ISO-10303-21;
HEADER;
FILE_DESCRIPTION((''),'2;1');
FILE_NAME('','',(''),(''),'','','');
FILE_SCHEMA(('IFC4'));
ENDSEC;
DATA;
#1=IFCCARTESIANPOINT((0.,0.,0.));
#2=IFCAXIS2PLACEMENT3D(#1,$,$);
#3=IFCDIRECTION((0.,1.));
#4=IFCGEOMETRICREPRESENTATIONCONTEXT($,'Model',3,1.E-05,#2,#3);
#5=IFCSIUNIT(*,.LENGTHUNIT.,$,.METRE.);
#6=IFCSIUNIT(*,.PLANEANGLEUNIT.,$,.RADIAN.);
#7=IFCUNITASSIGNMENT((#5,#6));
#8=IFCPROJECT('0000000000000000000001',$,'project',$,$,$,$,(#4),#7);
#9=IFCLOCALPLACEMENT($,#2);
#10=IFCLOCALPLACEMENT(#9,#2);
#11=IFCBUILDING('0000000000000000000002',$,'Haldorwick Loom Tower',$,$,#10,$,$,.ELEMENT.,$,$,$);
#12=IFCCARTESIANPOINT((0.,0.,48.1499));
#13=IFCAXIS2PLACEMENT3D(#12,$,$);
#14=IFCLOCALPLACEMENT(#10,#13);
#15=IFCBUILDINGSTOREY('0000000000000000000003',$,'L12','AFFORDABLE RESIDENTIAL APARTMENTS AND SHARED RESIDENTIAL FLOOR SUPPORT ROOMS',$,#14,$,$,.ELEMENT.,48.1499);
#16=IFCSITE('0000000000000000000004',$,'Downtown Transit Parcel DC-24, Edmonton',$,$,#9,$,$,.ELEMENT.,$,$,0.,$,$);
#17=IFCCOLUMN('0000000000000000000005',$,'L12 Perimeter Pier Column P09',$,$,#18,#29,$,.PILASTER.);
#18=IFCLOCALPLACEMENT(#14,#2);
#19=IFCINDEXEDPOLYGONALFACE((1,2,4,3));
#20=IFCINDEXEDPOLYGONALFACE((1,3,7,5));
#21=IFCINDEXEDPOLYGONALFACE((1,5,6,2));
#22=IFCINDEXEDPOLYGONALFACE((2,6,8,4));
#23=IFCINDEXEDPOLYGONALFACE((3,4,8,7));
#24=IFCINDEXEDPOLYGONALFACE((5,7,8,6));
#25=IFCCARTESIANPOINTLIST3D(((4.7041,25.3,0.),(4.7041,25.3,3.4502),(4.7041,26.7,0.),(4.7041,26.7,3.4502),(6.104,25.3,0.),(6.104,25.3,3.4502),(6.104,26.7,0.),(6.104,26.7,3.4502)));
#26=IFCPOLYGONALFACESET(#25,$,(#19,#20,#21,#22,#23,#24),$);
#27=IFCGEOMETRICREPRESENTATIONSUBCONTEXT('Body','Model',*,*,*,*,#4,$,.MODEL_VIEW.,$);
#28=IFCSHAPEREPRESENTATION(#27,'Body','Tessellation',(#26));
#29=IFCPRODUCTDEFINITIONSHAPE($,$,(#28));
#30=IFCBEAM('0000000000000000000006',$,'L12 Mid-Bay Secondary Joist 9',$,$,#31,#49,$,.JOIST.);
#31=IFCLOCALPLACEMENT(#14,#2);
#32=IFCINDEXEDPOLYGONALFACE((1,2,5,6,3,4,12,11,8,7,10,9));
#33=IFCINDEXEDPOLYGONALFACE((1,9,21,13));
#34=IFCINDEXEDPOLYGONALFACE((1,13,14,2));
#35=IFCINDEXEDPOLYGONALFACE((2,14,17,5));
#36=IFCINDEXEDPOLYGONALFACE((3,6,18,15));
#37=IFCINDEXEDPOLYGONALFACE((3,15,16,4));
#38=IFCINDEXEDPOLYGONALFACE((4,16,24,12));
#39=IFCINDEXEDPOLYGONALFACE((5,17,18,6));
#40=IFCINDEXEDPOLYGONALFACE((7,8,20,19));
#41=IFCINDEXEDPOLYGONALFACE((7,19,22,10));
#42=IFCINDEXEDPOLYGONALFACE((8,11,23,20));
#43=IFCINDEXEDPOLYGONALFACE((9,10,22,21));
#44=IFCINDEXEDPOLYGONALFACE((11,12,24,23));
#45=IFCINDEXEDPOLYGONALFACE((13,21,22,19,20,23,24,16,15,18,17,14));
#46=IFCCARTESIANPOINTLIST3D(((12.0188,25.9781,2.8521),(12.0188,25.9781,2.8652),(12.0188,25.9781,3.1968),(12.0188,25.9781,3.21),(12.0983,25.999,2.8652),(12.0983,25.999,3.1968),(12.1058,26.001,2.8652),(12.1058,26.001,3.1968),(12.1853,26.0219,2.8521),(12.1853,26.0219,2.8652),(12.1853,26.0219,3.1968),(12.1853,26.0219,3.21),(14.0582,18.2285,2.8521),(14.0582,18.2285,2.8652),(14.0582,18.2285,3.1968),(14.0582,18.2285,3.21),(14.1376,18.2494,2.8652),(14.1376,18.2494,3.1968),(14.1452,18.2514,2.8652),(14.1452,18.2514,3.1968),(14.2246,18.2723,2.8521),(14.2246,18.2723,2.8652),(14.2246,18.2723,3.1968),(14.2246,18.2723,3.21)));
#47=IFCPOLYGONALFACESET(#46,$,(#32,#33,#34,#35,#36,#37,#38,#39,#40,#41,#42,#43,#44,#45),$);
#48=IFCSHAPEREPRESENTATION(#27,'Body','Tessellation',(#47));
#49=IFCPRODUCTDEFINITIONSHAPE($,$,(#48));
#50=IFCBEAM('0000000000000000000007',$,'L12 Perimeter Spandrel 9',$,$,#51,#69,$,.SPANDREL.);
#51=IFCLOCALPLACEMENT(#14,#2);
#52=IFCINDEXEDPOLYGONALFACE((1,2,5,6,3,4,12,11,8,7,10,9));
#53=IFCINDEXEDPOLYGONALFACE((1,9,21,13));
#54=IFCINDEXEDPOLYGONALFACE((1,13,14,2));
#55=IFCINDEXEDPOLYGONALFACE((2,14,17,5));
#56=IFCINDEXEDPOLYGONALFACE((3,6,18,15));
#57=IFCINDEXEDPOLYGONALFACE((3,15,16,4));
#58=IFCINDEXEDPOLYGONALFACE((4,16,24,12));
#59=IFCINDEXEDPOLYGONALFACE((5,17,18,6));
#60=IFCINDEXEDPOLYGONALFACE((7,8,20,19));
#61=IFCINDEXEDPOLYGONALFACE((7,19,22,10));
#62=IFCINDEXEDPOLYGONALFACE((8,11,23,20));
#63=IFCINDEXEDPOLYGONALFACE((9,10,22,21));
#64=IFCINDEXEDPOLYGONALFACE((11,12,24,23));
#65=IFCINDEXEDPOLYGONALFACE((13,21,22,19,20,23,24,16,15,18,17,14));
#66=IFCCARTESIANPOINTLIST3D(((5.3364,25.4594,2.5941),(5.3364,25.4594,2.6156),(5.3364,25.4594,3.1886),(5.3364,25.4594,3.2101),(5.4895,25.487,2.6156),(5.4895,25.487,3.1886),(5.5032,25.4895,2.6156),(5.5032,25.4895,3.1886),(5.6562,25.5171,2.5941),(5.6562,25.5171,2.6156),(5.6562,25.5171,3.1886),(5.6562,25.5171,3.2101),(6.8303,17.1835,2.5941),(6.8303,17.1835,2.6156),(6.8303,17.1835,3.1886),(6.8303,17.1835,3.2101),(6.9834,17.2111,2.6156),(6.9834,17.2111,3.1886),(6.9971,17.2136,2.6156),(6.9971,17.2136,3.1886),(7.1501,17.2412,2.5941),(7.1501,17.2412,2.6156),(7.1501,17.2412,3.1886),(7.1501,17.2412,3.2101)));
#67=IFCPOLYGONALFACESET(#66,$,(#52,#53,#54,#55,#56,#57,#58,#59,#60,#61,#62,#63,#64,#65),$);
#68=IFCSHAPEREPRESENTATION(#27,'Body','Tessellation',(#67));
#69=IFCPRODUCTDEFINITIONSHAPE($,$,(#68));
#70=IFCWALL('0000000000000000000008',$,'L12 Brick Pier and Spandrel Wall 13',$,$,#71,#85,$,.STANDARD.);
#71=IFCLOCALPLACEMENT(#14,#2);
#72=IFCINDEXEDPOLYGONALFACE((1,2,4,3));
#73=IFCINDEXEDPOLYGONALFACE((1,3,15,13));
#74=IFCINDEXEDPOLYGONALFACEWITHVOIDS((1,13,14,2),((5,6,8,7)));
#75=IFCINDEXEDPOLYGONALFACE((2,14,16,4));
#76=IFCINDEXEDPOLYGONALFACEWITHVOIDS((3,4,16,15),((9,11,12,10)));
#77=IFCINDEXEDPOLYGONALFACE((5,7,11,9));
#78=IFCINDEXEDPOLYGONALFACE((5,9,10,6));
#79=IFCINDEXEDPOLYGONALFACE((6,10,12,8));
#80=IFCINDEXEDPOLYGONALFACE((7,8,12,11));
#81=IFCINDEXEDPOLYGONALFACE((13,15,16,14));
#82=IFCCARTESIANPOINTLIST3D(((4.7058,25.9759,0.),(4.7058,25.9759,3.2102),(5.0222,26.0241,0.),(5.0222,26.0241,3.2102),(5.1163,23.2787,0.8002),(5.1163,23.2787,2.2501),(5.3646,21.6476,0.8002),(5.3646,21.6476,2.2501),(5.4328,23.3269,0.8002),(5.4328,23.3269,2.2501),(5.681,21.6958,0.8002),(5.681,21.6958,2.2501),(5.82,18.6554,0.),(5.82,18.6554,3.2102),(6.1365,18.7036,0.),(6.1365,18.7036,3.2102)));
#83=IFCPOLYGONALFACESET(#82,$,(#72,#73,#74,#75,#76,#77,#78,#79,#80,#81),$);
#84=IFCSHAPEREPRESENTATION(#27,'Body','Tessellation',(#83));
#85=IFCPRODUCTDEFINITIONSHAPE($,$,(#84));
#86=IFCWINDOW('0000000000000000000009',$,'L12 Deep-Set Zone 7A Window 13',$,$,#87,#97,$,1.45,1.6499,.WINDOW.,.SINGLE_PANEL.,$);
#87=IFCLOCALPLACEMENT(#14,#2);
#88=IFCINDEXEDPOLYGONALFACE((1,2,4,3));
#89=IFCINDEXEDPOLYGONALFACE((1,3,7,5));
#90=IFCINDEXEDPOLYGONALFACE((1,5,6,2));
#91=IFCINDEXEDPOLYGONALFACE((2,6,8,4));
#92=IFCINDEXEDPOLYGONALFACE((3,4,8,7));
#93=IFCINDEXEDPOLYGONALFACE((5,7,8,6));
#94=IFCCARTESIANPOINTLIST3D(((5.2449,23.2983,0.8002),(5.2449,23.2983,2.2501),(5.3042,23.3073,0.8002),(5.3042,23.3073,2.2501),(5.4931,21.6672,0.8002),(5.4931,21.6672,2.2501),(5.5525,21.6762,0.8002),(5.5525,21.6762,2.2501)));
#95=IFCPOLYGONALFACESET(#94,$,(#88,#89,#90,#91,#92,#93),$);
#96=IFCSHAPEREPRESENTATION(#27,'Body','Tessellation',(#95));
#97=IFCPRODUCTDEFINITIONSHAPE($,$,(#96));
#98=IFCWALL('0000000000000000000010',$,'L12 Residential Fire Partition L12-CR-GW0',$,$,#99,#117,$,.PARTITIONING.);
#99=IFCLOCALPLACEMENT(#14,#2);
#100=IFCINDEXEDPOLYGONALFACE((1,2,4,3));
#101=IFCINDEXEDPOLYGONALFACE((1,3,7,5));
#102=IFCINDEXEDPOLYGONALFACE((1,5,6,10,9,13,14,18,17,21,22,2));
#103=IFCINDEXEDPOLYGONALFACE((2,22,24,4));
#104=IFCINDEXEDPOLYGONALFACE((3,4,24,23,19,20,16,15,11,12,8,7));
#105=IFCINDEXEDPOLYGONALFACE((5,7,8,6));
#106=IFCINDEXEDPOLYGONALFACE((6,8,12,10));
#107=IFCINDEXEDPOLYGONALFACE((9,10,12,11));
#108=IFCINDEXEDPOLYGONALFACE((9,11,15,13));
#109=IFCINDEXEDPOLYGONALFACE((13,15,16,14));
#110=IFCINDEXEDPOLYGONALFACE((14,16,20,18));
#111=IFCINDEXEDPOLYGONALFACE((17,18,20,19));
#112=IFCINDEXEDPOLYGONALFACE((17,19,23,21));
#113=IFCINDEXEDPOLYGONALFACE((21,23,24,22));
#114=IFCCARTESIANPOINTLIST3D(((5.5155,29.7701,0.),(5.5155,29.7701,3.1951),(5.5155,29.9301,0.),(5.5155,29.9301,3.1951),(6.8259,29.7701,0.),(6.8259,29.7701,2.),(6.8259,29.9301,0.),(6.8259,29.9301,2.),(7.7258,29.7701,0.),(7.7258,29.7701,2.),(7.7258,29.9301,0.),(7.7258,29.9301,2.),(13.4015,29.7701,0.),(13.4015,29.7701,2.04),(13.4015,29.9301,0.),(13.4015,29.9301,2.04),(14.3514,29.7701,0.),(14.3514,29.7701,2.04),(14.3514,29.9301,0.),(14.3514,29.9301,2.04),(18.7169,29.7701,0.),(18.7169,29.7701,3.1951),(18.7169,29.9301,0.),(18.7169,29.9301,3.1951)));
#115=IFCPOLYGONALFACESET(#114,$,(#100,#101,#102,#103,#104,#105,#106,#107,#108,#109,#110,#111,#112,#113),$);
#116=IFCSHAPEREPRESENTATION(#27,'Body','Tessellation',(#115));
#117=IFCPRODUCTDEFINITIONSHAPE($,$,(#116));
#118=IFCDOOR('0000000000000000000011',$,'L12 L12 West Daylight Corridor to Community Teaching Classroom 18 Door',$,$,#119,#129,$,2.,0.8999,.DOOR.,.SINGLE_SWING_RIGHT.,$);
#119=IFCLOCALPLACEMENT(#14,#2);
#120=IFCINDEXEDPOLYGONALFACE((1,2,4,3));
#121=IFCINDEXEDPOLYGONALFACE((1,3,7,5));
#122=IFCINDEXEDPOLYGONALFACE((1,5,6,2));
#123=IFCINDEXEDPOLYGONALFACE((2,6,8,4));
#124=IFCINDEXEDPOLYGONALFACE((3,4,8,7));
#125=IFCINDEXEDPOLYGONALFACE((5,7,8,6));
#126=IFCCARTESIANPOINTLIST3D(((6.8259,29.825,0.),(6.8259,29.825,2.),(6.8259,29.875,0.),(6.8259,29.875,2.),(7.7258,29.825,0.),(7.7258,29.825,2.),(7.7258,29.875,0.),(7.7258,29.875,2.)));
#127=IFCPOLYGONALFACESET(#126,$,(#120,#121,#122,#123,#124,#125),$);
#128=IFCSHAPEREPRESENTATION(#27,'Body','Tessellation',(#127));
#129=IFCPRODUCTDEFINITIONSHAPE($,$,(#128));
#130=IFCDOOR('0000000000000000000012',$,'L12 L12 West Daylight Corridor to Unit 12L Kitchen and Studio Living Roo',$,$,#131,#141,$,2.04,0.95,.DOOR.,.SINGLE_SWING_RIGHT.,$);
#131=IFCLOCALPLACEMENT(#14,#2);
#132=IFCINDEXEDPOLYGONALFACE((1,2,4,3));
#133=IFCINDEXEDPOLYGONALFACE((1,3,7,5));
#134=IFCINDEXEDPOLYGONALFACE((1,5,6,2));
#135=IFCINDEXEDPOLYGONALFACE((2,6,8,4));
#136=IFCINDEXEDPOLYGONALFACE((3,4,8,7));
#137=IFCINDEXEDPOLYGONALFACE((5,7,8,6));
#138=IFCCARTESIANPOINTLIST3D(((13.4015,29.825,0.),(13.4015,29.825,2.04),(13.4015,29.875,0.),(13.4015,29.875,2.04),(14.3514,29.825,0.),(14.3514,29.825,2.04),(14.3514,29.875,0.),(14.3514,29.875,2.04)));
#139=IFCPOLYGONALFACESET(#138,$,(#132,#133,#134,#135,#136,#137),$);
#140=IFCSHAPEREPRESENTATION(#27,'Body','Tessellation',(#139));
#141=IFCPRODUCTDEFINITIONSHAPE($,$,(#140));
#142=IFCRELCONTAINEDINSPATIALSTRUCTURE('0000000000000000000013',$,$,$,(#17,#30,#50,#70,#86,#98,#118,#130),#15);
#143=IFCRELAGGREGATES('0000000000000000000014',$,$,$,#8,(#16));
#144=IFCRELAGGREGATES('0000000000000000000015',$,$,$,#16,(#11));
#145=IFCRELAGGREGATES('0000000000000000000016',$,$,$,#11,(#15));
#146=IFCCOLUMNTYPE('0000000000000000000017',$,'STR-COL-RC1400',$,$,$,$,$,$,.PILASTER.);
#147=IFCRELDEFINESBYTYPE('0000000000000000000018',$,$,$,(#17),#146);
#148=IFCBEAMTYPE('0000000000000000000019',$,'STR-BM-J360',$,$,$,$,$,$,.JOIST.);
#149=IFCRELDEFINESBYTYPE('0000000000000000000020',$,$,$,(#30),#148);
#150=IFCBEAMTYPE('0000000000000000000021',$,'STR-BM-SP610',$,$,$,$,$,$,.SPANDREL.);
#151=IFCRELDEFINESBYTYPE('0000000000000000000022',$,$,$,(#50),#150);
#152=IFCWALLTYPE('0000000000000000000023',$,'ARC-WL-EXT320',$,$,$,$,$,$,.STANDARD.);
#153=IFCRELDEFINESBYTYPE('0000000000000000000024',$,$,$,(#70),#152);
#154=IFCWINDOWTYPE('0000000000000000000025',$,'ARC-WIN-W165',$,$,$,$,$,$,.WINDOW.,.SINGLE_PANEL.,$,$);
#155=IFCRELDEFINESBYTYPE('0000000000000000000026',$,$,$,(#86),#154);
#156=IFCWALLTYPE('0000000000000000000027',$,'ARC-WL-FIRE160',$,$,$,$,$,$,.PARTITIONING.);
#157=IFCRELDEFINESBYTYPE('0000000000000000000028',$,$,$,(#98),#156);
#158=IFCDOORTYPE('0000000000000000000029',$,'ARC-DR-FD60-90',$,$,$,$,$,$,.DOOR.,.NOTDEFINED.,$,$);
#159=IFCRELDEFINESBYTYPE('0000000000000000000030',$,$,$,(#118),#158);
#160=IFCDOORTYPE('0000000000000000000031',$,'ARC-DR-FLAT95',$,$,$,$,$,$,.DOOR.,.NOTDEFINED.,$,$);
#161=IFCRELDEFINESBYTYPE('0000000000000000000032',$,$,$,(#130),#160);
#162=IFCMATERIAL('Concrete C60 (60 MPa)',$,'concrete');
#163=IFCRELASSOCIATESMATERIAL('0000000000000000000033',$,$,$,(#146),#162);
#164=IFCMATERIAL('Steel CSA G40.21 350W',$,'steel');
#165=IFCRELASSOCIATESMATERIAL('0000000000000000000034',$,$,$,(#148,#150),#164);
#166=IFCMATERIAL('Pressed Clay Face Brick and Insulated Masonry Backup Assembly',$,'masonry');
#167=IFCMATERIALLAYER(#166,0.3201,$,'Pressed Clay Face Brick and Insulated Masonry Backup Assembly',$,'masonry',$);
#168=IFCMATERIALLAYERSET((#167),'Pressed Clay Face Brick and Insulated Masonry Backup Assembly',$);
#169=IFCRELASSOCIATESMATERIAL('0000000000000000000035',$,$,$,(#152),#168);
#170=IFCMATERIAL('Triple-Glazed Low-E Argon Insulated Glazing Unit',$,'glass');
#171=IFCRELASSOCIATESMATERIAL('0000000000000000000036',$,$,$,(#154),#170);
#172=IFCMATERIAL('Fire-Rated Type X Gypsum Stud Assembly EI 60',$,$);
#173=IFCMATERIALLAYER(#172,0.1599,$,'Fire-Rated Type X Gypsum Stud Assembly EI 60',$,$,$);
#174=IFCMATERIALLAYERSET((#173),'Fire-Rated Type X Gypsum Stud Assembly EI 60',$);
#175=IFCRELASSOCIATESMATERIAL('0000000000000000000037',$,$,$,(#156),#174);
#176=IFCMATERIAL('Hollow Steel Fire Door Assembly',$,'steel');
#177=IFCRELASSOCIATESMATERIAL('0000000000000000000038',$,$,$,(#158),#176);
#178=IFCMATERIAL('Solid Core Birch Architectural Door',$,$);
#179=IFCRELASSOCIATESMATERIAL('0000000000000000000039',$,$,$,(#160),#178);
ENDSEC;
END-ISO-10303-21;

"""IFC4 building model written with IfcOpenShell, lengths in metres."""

from ifc_helpers import new_model, si_unit, direction, frame, frame_2d, origin, origin_2d, place, context, subcontext, project, spatial, rectangle, i_section, extrude, material, layer, layer_set, material_profile, profile_set, type_object, element, fill, save


model = new_model("IFC4")

# Units and contexts
model_context = context("Model", 3, precision=1e-05, world=origin(), true_north=direction((0.0, 1.0)))
body_context = subcontext(model_context, "Body", "Model", "MODEL_VIEW")
ifc_project = project(units=[si_unit("LENGTHUNIT", "METRE"), si_unit("PLANEANGLEUNIT", "RADIAN")], contexts=[model_context])

# Site, building, storey
site_placement = place(None, origin())
site = spatial("IfcSite", under=ifc_project, at=site_placement, Name="Downtown Transit Parcel DC-24, Edmonton", CompositionType="ELEMENT", RefElevation=0.0)
building_placement = place(site_placement, origin())
building = spatial("IfcBuilding", under=site, at=building_placement, Name="Haldorwick Loom Tower", CompositionType="ELEMENT")
storey_placement = place(building_placement, frame((0.0, 0.0, 48.1499)))
storey = spatial("IfcBuildingStorey", under=building, at=storey_placement, Name="L12", Description="AFFORDABLE RESIDENTIAL APARTMENTS AND SHARED RESIDENTIAL FLOOR SUPPORT ROOMS", CompositionType="ELEMENT", Elevation=48.1499)

# Column
ifc_material_1 = material(Name="Concrete C60 (60 MPa)", Category="concrete")
ifc_material_profile_1 = material_profile(ifc_material_1, rectangle(XDim=1.3999, YDim=1.3999, at=origin_2d()), Name="RC1400X1400", Category="concrete")
ifc_profile_set_1 = profile_set([ifc_material_profile_1], Name="Concrete C60 (60 MPa)")
column_type = type_object("IfcColumnType", Name="STR-COL-RC1400", PredefinedType="PILASTER", material=ifc_profile_set_1)
column_placement = place(storey_placement, frame((5.4041, 26.0, 0.0), z_axis=(0.0, 0.0, 1.0), x_axis=(-1.0, 0.0, 0.0)))
element("IfcColumn", 1, at=column_placement, inside=storey, type_object=column_type, Name="L12 Perimeter Pier Column P09", PredefinedType="PILASTER", context=body_context, shape_type="SweptSolid", body=[
    extrude(rectangle(XDim=1.3999, YDim=1.3999, at=origin_2d()), origin(), (0.0, 0.0, 1.0), 3.4502),
])

# Beams
ifc_material_2 = material(Name="Steel CSA G40.21 350W", Category="steel")
ifc_material_profile_2 = material_profile(ifc_material_2, i_section(OverallWidth=0.1721, OverallDepth=0.3579, WebThickness=0.0078, FlangeThickness=0.0132, at=origin_2d()), Name="W360X57", Category="steel")
ifc_profile_set_2 = profile_set([ifc_material_profile_2], Name="Steel CSA G40.21 350W")
beam_type_1 = type_object("IfcBeamType", Name="STR-BM-J360", PredefinedType="JOIST", material=ifc_profile_set_2)
beam_1_placement = place(storey_placement, frame((12.1021, 26.0, 3.031), z_axis=(0.254489, -0.967076, 0.0), x_axis=(0.967076, 0.254489, 0.0)))
element("IfcBeam", 2, at=beam_1_placement, inside=storey, type_object=beam_type_1, Name="L12 Mid-Bay Secondary Joist 9", PredefinedType="JOIST", context=body_context, shape_type="SweptSolid", body=[
    extrude(i_section(OverallWidth=0.1721, OverallDepth=0.3579, WebThickness=0.0078, FlangeThickness=0.0132, at=origin_2d()), origin(), (0.0, 0.0, 1.0), 8.0134),
])
ifc_material_profile_3 = material_profile(ifc_material_2, i_section(OverallWidth=0.325, OverallDepth=0.616, WebThickness=0.0139, FlangeThickness=0.0215, at=origin_2d()), Name="W610X174", Category="steel")
ifc_profile_set_3 = profile_set([ifc_material_profile_3], Name="Steel CSA G40.21 350W")
beam_type_2 = type_object("IfcBeamType", Name="STR-BM-SP610", PredefinedType="SPANDREL", material=ifc_profile_set_3)
beam_2_placement = place(storey_placement, frame((5.4963, 25.4883, 2.9021), z_axis=(0.177641, -0.984095, 0.0), x_axis=(0.984095, 0.177641, 0.0)))
element("IfcBeam", 3, at=beam_2_placement, inside=storey, type_object=beam_type_2, Name="L12 Perimeter Spandrel 9", PredefinedType="SPANDREL", context=body_context, shape_type="SweptSolid", body=[
    extrude(i_section(OverallWidth=0.325, OverallDepth=0.616, WebThickness=0.0139, FlangeThickness=0.0215, at=origin_2d()), origin(), (0.0, 0.0, 1.0), 8.4097),
])

# Wall, opening, window
ifc_material_3 = material(Name="Pressed Clay Face Brick and Insulated Masonry Backup Assembly", Category="masonry")
ifc_layer_1 = layer(ifc_material_3, 0.3201, Name="Pressed Clay Face Brick and Insulated Masonry Backup Assembly", Category="masonry")
ifc_layer_set_1 = layer_set([ifc_layer_1], Name="Pressed Clay Face Brick and Insulated Masonry Backup Assembly")
wall_type_1 = type_object("IfcWallType", Name="ARC-WL-EXT320", PredefinedType="STANDARD", material=ifc_layer_set_1)
wall_1_placement = place(storey_placement, frame((4.864, 26.0, 0.0), z_axis=(0.0, 0.0, 1.0), x_axis=(0.150476, -0.988614, 0.0)))
wall_1 = element("IfcWall", 4, at=wall_1_placement, inside=storey, type_object=wall_type_1, Name="L12 Brick Pier and Spandrel Wall 13", PredefinedType="STANDARD", context=body_context, shape_type="SweptSolid", body=[
    extrude(rectangle(XDim=7.4048, YDim=0.3201, at=frame_2d((3.7024, 0.0))), origin(), (0.0, 0.0, 1.0), 3.2102),
])
opening_1_placement = place(wall_1_placement, frame((2.7283, 0.0, 0.8)))
opening_1 = element("IfcOpeningElement", 5, at=opening_1_placement, cuts=wall_1, PredefinedType="OPENING", context=body_context, shape_type="SweptSolid", body=[
    extrude(rectangle(XDim=1.6499, YDim=1.45, at=frame_2d((0.825, 0.7251))), frame((0.0, 0.1699, 0.0), z_axis=(0.0, -1.0, 0.0), x_axis=(1.0, 0.0, 0.0)), (0.0, 0.0, 1.0), 0.3401),
])
ifc_material_4 = material(Name="Triple-Glazed Low-E Argon Insulated Glazing Unit", Category="glass")
window_type = type_object("IfcWindowType", Name="ARC-WIN-W165", PartitioningType="SINGLE_PANEL", PredefinedType="WINDOW", material=ifc_material_4)
window_placement = place(opening_1_placement, origin())
window = element("IfcWindow", 6, at=window_placement, inside=storey, type_object=window_type, Name="L12 Deep-Set Zone 7A Window 13", OverallHeight=1.45, OverallWidth=1.6499, PartitioningType="SINGLE_PANEL", PredefinedType="WINDOW", context=body_context, shape_type="SweptSolid", body=[
    extrude(rectangle(XDim=1.6499, YDim=1.45, at=frame_2d((0.825, 0.7251))), frame((0.0, 0.03, 0.0), z_axis=(0.0, -1.0, 0.0), x_axis=(1.0, 0.0, 0.0)), (0.0, 0.0, 1.0), 0.0601),
])
fill(opening_1, window)

# Wall, openings, doors
ifc_material_5 = material(Name="Fire-Rated Type X Gypsum Stud Assembly EI 60")
ifc_layer_2 = layer(ifc_material_5, 0.1599, Name="Fire-Rated Type X Gypsum Stud Assembly EI 60")
ifc_layer_set_2 = layer_set([ifc_layer_2], Name="Fire-Rated Type X Gypsum Stud Assembly EI 60")
wall_type_2 = type_object("IfcWallType", Name="ARC-WL-FIRE160", PredefinedType="PARTITIONING", material=ifc_layer_set_2)
wall_2_placement = place(storey_placement, frame((5.5156, 29.8501, 0.0), z_axis=(0.0, 0.0, 1.0), x_axis=(1.0, 0.0, 0.0)))
wall_2 = element("IfcWall", 7, at=wall_2_placement, inside=storey, type_object=wall_type_2, Name="L12 Residential Fire Partition L12-CR-GW0", PredefinedType="PARTITIONING", context=body_context, shape_type="SweptSolid", body=[
    extrude(rectangle(XDim=13.2014, YDim=0.1599, at=frame_2d((6.6006, 0.0))), origin(), (0.0, 0.0, 1.0), 3.1951),
])
opening_2_placement = place(wall_2_placement, frame((7.8857, 0.0, 0.0)))
opening_2 = element("IfcOpeningElement", 8, at=opening_2_placement, cuts=wall_2, PredefinedType="OPENING", context=body_context, shape_type="SweptSolid", body=[
    extrude(rectangle(XDim=0.95, YDim=2.04, at=frame_2d((0.4751, 1.02))), frame((0.0, 0.0898, 0.0), z_axis=(0.0, -1.0, 0.0), x_axis=(1.0, 0.0, 0.0)), (0.0, 0.0, 1.0), 0.1799),
])
opening_3_placement = place(wall_2_placement, frame((1.3103, 0.0, 0.0)))
opening_3 = element("IfcOpeningElement", 9, at=opening_3_placement, cuts=wall_2, PredefinedType="OPENING", context=body_context, shape_type="SweptSolid", body=[
    extrude(rectangle(XDim=0.8999, YDim=2.0, at=frame_2d((0.45, 1.0))), frame((0.0, 0.0898, 0.0), z_axis=(0.0, -1.0, 0.0), x_axis=(1.0, 0.0, 0.0)), (0.0, 0.0, 1.0), 0.1799),
])
ifc_material_6 = material(Name="Hollow Steel Fire Door Assembly", Category="steel")
door_type_1 = type_object("IfcDoorType", Name="ARC-DR-FD60-90", OperationType="NOTDEFINED", PredefinedType="DOOR", material=ifc_material_6)
door_1_placement = place(opening_3_placement, origin())
door_1 = element("IfcDoor", 10, at=door_1_placement, inside=storey, type_object=door_type_1, Name="L12 L12 West Daylight Corridor to Community Teaching Classroom 18 Door", OperationType="SINGLE_SWING_RIGHT", OverallHeight=2.0, OverallWidth=0.8999, PredefinedType="DOOR", context=body_context, shape_type="SweptSolid", body=[
    extrude(rectangle(XDim=0.8999, YDim=2.0, at=frame_2d((0.45, 1.0))), frame((0.0, 0.0249, 0.0), z_axis=(0.0, -1.0, 0.0), x_axis=(1.0, 0.0, 0.0)), (0.0, 0.0, 1.0), 0.05),
])
fill(opening_3, door_1)
ifc_material_7 = material(Name="Solid Core Birch Architectural Door")
door_type_2 = type_object("IfcDoorType", Name="ARC-DR-FLAT95", OperationType="NOTDEFINED", PredefinedType="DOOR", material=ifc_material_7)
door_2_placement = place(opening_2_placement, origin())
door_2 = element("IfcDoor", 11, at=door_2_placement, inside=storey, type_object=door_type_2, Name="L12 L12 West Daylight Corridor to Unit 12L Kitchen and Studio Living Roo", OperationType="SINGLE_SWING_RIGHT", OverallHeight=2.04, OverallWidth=0.95, PredefinedType="DOOR", context=body_context, shape_type="SweptSolid", body=[
    extrude(rectangle(XDim=0.95, YDim=2.04, at=frame_2d((0.4751, 1.02))), frame((0.0, 0.0249, 0.0), z_axis=(0.0, -1.0, 0.0), x_axis=(1.0, 0.0, 0.0)), (0.0, 0.0, 1.0), 0.05),
])
fill(opening_2, door_2)

save(model, "model.ifc")
